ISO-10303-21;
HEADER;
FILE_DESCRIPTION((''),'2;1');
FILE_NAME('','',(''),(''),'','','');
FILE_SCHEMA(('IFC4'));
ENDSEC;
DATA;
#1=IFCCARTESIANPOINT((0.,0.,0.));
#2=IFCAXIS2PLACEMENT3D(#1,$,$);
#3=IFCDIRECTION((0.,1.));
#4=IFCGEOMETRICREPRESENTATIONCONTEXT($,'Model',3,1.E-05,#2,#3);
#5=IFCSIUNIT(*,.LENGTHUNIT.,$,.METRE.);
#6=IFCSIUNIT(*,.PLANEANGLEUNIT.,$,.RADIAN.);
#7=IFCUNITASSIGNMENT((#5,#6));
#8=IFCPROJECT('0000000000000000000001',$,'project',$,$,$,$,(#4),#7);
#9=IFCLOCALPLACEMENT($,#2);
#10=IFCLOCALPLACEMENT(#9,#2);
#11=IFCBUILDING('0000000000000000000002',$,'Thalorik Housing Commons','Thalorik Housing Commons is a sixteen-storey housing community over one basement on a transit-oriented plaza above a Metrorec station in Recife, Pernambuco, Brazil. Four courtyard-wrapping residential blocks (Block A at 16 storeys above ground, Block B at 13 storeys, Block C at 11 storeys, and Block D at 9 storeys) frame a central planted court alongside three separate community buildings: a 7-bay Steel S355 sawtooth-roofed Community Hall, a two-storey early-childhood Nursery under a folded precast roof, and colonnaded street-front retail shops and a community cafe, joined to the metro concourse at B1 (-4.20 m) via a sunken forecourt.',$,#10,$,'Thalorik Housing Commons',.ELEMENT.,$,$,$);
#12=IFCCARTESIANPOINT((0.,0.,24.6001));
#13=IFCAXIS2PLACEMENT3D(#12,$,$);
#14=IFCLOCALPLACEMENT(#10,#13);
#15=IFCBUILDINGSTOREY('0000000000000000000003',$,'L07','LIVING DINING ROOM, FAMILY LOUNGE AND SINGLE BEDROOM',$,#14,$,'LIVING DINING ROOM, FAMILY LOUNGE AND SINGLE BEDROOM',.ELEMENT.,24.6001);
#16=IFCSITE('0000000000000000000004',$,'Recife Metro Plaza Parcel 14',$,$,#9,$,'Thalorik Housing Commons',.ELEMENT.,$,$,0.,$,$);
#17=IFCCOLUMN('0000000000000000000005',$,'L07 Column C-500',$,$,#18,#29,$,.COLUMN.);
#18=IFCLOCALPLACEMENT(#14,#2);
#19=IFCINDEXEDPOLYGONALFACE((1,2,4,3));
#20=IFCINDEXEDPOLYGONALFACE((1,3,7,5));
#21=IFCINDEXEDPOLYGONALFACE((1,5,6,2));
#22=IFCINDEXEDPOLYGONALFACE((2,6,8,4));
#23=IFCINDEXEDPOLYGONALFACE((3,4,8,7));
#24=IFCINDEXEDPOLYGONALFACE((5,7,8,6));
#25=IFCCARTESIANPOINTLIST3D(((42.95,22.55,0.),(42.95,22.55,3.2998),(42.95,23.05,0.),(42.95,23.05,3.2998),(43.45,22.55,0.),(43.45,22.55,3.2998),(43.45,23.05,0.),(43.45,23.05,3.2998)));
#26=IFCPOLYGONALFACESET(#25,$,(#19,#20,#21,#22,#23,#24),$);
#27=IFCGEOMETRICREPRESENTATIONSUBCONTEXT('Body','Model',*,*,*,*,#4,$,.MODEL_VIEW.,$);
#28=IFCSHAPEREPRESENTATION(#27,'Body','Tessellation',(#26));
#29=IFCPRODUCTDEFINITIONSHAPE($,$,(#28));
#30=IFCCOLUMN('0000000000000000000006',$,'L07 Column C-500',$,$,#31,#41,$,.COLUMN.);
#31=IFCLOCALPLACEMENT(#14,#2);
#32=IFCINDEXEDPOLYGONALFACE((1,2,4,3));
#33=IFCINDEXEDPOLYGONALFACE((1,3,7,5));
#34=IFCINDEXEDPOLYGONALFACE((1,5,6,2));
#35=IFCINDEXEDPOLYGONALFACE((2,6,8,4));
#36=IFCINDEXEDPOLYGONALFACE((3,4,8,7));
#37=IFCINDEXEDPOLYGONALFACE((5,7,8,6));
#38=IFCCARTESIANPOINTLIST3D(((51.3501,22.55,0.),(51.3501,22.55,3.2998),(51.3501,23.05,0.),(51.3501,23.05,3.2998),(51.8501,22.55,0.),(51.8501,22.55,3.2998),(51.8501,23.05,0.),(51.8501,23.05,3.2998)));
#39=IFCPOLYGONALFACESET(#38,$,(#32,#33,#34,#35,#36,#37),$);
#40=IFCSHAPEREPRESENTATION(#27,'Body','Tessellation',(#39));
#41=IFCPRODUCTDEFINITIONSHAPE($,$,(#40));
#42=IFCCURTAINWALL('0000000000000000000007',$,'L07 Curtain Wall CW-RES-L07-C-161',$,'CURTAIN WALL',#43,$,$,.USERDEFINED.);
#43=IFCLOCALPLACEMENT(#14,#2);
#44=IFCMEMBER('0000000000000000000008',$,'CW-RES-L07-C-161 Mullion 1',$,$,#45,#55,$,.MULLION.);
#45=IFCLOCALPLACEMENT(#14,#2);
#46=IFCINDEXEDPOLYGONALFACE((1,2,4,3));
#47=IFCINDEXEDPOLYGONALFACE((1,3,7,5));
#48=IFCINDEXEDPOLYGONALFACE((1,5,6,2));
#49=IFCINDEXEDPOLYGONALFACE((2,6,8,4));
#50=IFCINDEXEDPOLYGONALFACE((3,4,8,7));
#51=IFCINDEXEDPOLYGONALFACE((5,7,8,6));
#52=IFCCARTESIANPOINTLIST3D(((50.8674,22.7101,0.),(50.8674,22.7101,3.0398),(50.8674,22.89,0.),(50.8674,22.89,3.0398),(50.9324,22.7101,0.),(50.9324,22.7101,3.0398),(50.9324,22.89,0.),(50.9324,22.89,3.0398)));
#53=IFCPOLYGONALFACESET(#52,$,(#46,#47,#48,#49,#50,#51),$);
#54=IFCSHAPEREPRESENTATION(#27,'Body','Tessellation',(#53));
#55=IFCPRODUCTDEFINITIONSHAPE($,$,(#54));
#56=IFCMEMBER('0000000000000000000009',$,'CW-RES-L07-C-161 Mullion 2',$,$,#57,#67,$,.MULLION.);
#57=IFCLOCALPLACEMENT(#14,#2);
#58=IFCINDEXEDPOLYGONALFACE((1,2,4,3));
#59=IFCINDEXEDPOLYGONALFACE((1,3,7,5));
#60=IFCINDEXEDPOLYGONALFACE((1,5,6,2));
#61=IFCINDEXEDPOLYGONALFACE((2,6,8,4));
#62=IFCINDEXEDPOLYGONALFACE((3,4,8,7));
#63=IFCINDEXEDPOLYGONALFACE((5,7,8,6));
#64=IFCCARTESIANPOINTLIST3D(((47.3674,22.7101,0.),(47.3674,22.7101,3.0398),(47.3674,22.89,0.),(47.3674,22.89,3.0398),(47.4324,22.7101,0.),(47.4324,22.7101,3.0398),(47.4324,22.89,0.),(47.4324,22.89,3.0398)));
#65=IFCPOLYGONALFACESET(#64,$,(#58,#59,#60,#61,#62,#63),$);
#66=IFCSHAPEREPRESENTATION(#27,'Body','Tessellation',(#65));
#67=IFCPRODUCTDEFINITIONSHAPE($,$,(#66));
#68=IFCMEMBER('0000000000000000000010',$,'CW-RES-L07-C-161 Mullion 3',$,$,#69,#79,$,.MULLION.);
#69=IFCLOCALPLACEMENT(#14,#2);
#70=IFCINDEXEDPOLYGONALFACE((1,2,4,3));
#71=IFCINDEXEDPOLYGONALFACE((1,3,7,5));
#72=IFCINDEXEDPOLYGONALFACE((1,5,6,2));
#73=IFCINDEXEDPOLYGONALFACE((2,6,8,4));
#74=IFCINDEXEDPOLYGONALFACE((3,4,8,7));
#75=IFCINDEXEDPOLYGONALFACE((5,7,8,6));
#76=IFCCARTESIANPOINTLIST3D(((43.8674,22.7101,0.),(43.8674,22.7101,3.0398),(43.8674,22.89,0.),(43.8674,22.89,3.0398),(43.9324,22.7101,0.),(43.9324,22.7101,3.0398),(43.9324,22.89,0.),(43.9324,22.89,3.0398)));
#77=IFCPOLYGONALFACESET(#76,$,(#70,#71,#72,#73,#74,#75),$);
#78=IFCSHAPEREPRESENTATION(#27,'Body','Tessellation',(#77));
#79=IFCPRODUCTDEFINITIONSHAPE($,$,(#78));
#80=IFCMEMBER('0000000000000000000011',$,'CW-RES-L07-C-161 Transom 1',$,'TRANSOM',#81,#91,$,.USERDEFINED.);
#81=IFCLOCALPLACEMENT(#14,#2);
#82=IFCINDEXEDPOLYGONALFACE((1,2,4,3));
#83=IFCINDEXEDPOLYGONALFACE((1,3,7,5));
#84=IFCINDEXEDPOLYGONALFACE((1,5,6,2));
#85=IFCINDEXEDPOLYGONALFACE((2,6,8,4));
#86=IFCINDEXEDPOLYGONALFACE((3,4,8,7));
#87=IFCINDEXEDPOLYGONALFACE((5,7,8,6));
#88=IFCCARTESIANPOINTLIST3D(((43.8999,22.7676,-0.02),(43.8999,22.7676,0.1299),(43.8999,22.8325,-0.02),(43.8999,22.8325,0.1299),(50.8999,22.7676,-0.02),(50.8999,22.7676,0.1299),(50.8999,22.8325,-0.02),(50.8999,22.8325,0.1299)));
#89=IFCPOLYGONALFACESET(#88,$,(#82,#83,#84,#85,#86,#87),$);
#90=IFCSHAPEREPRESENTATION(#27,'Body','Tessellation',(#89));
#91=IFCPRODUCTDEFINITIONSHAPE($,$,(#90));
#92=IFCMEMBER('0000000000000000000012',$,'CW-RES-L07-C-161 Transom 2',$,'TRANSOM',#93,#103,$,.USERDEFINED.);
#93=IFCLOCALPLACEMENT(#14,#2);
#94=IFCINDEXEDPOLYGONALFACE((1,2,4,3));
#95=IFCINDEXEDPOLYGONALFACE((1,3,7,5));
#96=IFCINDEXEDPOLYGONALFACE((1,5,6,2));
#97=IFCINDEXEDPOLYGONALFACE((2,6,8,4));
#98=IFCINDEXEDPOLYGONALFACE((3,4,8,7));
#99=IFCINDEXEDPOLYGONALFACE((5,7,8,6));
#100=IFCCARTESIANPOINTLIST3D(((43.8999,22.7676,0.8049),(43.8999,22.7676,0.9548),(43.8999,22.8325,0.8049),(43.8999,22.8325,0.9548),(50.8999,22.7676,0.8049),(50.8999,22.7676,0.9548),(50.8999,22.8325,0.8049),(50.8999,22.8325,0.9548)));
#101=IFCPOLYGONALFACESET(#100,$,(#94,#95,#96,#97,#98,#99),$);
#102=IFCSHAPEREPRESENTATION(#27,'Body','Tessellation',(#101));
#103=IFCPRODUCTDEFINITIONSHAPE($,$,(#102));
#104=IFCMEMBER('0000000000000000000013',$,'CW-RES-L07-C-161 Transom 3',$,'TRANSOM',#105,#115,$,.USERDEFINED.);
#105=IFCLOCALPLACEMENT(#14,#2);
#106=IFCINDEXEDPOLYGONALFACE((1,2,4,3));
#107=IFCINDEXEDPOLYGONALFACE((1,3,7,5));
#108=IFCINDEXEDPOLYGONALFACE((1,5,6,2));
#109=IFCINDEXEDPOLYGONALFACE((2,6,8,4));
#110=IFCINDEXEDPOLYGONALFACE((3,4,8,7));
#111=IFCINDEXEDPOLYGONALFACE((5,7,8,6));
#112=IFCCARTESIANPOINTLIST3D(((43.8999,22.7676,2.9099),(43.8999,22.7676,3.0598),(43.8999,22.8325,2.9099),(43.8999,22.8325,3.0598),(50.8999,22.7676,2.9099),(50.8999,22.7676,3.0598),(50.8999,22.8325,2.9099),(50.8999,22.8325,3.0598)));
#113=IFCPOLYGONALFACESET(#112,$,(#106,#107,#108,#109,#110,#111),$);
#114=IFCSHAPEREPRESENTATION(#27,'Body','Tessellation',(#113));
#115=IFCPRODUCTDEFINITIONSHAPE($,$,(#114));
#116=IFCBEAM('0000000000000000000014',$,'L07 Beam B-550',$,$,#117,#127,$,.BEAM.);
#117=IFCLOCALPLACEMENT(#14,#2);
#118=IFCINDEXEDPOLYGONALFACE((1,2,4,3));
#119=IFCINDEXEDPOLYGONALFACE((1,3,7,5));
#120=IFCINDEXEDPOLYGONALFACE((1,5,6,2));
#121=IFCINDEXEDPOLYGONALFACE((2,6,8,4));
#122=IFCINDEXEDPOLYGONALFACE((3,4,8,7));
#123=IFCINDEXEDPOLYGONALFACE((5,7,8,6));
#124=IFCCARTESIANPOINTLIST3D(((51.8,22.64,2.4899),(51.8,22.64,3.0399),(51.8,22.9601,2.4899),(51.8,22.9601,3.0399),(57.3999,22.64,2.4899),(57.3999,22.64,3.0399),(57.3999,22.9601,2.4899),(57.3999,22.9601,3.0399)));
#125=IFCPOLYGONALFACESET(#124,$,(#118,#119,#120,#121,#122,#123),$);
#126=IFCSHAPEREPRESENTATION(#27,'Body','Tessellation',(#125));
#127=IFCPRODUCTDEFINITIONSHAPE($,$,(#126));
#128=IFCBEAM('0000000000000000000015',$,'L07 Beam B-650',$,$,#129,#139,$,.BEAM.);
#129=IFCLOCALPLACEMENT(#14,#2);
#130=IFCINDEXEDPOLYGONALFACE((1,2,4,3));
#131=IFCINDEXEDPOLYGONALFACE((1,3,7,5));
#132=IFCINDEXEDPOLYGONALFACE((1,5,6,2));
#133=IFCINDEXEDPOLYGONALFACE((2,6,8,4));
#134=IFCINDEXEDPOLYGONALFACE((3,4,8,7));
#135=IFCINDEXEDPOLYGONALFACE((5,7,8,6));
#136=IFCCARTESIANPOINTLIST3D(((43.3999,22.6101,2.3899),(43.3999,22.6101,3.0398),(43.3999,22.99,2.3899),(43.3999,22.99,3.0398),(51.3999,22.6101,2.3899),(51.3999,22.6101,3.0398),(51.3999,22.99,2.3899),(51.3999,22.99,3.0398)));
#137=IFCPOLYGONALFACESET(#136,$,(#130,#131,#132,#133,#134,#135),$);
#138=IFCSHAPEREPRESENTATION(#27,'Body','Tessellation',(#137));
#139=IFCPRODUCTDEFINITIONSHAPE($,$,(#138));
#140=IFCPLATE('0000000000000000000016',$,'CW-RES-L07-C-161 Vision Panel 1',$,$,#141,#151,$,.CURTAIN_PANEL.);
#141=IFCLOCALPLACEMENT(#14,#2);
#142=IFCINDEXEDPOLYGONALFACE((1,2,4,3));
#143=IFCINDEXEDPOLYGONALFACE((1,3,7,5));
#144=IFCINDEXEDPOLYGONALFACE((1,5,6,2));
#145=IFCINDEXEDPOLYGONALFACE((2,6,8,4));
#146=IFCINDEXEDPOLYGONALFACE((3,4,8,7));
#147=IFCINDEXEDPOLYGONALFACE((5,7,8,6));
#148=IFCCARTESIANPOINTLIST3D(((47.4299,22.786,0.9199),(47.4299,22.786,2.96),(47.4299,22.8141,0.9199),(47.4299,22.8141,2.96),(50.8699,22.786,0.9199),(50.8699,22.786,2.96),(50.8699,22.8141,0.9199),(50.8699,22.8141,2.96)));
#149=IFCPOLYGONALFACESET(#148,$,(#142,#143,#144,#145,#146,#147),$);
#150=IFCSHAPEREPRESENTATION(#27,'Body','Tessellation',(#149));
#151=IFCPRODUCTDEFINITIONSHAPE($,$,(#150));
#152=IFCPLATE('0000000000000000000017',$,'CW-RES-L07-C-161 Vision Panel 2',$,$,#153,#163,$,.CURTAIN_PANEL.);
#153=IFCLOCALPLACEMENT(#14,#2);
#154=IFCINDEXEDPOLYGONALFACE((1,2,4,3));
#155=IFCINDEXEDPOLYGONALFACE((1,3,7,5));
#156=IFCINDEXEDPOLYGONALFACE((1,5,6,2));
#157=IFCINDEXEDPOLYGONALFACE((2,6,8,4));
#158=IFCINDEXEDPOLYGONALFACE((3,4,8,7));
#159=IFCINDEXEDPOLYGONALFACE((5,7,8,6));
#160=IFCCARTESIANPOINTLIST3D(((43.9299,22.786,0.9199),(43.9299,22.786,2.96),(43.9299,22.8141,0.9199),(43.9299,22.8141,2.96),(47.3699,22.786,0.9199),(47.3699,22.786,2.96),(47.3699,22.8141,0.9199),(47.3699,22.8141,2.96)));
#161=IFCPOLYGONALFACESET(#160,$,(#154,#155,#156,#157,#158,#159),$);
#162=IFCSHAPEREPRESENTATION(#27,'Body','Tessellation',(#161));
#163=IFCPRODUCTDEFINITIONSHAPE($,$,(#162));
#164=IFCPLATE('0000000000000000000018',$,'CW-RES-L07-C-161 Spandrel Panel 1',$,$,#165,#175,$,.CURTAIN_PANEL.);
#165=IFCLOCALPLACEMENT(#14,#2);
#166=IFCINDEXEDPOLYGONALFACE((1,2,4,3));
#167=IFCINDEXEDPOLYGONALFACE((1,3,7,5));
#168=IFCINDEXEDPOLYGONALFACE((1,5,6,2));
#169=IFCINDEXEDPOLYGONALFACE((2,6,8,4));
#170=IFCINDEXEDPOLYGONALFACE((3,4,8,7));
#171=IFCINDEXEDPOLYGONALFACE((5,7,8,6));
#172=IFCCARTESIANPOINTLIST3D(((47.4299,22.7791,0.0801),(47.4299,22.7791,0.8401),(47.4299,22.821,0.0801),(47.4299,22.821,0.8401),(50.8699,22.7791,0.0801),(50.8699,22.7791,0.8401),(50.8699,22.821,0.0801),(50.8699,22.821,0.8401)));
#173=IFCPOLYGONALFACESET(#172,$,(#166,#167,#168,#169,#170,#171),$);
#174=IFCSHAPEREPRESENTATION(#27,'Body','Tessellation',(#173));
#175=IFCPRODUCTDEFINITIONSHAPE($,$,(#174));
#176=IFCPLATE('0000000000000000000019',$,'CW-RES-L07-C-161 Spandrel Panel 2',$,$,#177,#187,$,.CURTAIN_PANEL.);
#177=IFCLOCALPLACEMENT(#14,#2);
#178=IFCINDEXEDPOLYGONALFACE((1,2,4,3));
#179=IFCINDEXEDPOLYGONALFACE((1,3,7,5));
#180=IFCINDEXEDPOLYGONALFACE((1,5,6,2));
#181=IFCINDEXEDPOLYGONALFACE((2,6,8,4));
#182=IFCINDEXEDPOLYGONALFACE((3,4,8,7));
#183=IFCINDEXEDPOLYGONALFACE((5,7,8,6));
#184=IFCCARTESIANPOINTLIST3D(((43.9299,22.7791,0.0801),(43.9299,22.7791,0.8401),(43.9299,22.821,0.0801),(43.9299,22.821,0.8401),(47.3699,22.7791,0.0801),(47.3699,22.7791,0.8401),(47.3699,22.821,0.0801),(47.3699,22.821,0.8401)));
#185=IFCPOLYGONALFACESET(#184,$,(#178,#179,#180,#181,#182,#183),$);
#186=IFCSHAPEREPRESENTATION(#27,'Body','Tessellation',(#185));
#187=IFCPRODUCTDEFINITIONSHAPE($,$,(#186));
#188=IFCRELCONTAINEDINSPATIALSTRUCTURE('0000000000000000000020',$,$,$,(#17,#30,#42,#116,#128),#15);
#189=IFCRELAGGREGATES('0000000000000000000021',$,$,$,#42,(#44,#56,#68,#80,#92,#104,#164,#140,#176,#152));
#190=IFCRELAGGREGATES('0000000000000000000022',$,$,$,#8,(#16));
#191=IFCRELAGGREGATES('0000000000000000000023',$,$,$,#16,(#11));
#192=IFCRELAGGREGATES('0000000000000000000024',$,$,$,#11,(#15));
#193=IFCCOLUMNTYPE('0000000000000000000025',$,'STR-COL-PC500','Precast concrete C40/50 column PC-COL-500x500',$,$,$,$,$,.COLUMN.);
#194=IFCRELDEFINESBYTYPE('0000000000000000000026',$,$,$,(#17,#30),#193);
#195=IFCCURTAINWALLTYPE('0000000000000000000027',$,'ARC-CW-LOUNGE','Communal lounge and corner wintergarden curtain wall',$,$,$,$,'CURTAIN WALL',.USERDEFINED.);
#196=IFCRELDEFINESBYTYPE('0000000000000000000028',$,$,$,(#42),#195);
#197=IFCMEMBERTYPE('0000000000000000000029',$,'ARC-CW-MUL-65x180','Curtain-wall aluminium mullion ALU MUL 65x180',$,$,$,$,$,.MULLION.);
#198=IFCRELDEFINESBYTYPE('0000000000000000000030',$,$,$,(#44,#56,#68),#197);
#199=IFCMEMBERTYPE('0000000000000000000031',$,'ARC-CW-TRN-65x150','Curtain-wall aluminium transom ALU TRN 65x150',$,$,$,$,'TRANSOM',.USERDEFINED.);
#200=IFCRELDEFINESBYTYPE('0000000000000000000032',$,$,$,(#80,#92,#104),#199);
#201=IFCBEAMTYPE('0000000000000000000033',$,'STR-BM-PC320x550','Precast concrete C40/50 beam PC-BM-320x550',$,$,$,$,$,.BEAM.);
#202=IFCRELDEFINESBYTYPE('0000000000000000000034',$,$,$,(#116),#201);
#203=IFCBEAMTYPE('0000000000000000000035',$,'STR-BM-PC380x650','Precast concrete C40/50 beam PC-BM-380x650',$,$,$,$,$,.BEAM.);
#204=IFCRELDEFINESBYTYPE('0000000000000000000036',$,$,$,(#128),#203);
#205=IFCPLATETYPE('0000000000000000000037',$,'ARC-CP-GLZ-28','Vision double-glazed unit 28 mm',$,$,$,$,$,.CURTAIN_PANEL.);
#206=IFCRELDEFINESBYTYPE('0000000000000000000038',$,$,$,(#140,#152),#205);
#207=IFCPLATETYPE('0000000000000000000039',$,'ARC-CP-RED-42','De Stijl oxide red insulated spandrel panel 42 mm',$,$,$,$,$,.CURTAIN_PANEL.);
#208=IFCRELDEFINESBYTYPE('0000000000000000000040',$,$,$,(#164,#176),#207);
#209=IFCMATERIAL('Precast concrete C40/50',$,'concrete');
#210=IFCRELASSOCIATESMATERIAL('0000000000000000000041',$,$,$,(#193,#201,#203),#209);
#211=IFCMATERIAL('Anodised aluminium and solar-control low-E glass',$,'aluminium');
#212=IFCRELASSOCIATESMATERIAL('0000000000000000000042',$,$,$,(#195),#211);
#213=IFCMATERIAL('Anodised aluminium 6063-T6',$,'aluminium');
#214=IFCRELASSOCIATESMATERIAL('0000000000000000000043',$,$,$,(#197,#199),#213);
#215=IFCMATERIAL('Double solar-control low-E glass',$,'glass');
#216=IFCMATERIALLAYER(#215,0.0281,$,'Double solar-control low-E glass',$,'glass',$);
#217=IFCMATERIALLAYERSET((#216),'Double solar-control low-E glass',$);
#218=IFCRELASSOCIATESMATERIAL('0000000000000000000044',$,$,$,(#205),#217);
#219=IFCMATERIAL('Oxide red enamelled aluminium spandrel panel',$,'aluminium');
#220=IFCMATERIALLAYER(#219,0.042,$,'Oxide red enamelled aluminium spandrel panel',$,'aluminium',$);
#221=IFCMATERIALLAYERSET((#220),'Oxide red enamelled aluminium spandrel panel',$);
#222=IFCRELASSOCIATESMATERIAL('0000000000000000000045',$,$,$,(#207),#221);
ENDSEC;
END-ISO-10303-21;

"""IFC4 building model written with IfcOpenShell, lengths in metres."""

from ifc_helpers import new_model, si_unit, direction, frame, origin, origin_2d, place, context, subcontext, project, spatial, rectangle, extrude, material, layer, layer_set, material_profile, profile_set, type_object, element, aggregate, save


model = new_model("IFC4")

# Units and contexts
model_context = context("Model", 3, precision=1e-05, world=origin(), true_north=direction((0.0, 1.0)))
body_context = subcontext(model_context, "Body", "Model", "MODEL_VIEW")
ifc_project = project(units=[si_unit("LENGTHUNIT", "METRE"), si_unit("PLANEANGLEUNIT", "RADIAN")], contexts=[model_context])

# Site, building, storey
site_placement = place(None, origin())
site = spatial("IfcSite", under=ifc_project, at=site_placement, Name="Recife Metro Plaza Parcel 14", LongName="Thalorik Housing Commons", CompositionType="ELEMENT", RefElevation=0.0)
building_placement = place(site_placement, origin())
building = spatial("IfcBuilding", under=site, at=building_placement, Name="Thalorik Housing Commons", Description="Thalorik Housing Commons is a sixteen-storey housing community over one basement on a transit-oriented plaza above a Metrorec station in Recife, Pernambuco, Brazil. Four courtyard-wrapping residential blocks (Block A at 16 storeys above ground, Block B at 13 storeys, Block C at 11 storeys, and Block D at 9 storeys) frame a central planted court alongside three separate community buildings: a 7-bay Steel S355 sawtooth-roofed Community Hall, a two-storey early-childhood Nursery under a folded precast roof, and colonnaded street-front retail shops and a community cafe, joined to the metro concourse at B1 (-4.20 m) via a sunken forecourt.", LongName="Thalorik Housing Commons", CompositionType="ELEMENT")
storey_placement = place(building_placement, frame((0.0, 0.0, 24.6001)))
storey = spatial("IfcBuildingStorey", under=building, at=storey_placement, Name="L07", Description="LIVING DINING ROOM, FAMILY LOUNGE AND SINGLE BEDROOM", LongName="LIVING DINING ROOM, FAMILY LOUNGE AND SINGLE BEDROOM", CompositionType="ELEMENT", Elevation=24.6001)

# Columns
ifc_material_1 = material(Name="Precast concrete C40/50", Category="concrete")
ifc_material_profile_1 = material_profile(ifc_material_1, rectangle(XDim=0.5, YDim=0.5, at=origin_2d()), Name="PC 500x500", Category="concrete")
ifc_profile_set_1 = profile_set([ifc_material_profile_1], Name="Precast concrete C40/50")
column_type = type_object("IfcColumnType", Name="STR-COL-PC500", Description="Precast concrete C40/50 column PC-COL-500x500", PredefinedType="COLUMN", material=ifc_profile_set_1)
for number, where, z_axis, x_axis, name in (
    (1, (43.2, 22.8, 0.0), (0.0, 0.0, 1.0), (1.0, 0.0, 0.0), "L07 Column C-500"),
    (2, (51.6001, 22.8, 0.0), (0.0, 0.0, 1.0), (1.0, 0.0, 0.0), "L07 Column C-500"),
):
    element("IfcColumn", number, at=place(storey_placement, frame(where, z_axis=z_axis, x_axis=x_axis)), inside=storey, type_object=column_type, Name=name, PredefinedType="COLUMN", context=body_context, shape_type="SweptSolid", body=[
        extrude(rectangle(XDim=0.5, YDim=0.5, at=origin_2d()), origin(), (0.0, 0.0, 1.0), 3.2998),
    ])

# Curtain wall, members
ifc_material_2 = material(Name="Anodised aluminium and solar-control low-E glass", Category="aluminium")
curtain_wall_type = type_object("IfcCurtainWallType", Name="ARC-CW-LOUNGE", Description="Communal lounge and corner wintergarden curtain wall", ElementType="CURTAIN WALL", PredefinedType="USERDEFINED", material=ifc_material_2)
curtain_wall_placement = place(storey_placement, origin())
curtain_wall = element("IfcCurtainWall", 3, at=curtain_wall_placement, inside=storey, type_object=curtain_wall_type, Name="L07 Curtain Wall CW-RES-L07-C-161", ObjectType="CURTAIN WALL", PredefinedType="USERDEFINED")
ifc_material_3 = material(Name="Anodised aluminium 6063-T6", Category="aluminium")
ifc_material_profile_2 = material_profile(ifc_material_3, rectangle(XDim=0.0649, YDim=0.1799, at=origin_2d()), Name="ALU MUL 65x180", Category="aluminium")
ifc_profile_set_2 = profile_set([ifc_material_profile_2], Name="Anodised aluminium 6063-T6")
member_type_1 = type_object("IfcMemberType", Name="ARC-CW-MUL-65x180", Description="Curtain-wall aluminium mullion ALU MUL 65x180", PredefinedType="MULLION", material=ifc_profile_set_2)
member_1_placement = place(storey_placement, frame((50.8999, 22.8, 0.0), z_axis=(0.0, 0.0, 1.0), x_axis=(-1.0, 0.0, 0.0)))
member_1 = element("IfcMember", 4, at=member_1_placement, type_object=member_type_1, Name="CW-RES-L07-C-161 Mullion 1", PredefinedType="MULLION", context=body_context, shape_type="SweptSolid", body=[
    extrude(rectangle(XDim=0.0649, YDim=0.1799, at=origin_2d()), origin(), (0.0, 0.0, 1.0), 3.0398),
])
member_2_placement = place(storey_placement, frame((47.3999, 22.8, 0.0), z_axis=(0.0, 0.0, 1.0), x_axis=(-1.0, 0.0, 0.0)))
member_2 = element("IfcMember", 5, at=member_2_placement, type_object=member_type_1, Name="CW-RES-L07-C-161 Mullion 2", PredefinedType="MULLION", context=body_context, shape_type="SweptSolid", body=[
    extrude(rectangle(XDim=0.0649, YDim=0.1799, at=origin_2d()), origin(), (0.0, 0.0, 1.0), 3.0398),
])
member_3_placement = place(storey_placement, frame((43.8999, 22.8, 0.0), z_axis=(0.0, 0.0, 1.0), x_axis=(-1.0, 0.0, 0.0)))
member_3 = element("IfcMember", 6, at=member_3_placement, type_object=member_type_1, Name="CW-RES-L07-C-161 Mullion 3", PredefinedType="MULLION", context=body_context, shape_type="SweptSolid", body=[
    extrude(rectangle(XDim=0.0649, YDim=0.1799, at=origin_2d()), origin(), (0.0, 0.0, 1.0), 3.0398),
])
ifc_material_profile_3 = material_profile(ifc_material_3, rectangle(XDim=0.0649, YDim=0.1499, at=origin_2d()), Name="ALU TRN 65x150", Category="aluminium")
ifc_profile_set_3 = profile_set([ifc_material_profile_3], Name="Anodised aluminium 6063-T6")
member_type_2 = type_object("IfcMemberType", Name="ARC-CW-TRN-65x150", Description="Curtain-wall aluminium transom ALU TRN 65x150", ElementType="TRANSOM", PredefinedType="USERDEFINED", material=ifc_profile_set_3)
member_4_placement = place(storey_placement, frame((50.8999, 22.8, 0.0549), z_axis=(-1.0, 0.0, 0.0), x_axis=(0.0, -1.0, 0.0)))
member_4 = element("IfcMember", 7, at=member_4_placement, type_object=member_type_2, Name="CW-RES-L07-C-161 Transom 1", ObjectType="TRANSOM", PredefinedType="USERDEFINED", context=body_context, shape_type="SweptSolid", body=[
    extrude(rectangle(XDim=0.0649, YDim=0.1499, at=origin_2d()), origin(), (0.0, 0.0, 1.0), 7.0),
])
member_5_placement = place(storey_placement, frame((50.8999, 22.8, 0.8799), z_axis=(-1.0, 0.0, 0.0), x_axis=(0.0, -1.0, 0.0)))
member_5 = element("IfcMember", 8, at=member_5_placement, type_object=member_type_2, Name="CW-RES-L07-C-161 Transom 2", ObjectType="TRANSOM", PredefinedType="USERDEFINED", context=body_context, shape_type="SweptSolid", body=[
    extrude(rectangle(XDim=0.0649, YDim=0.1499, at=origin_2d()), origin(), (0.0, 0.0, 1.0), 7.0),
])
member_6_placement = place(storey_placement, frame((50.8999, 22.8, 2.9849), z_axis=(-1.0, 0.0, 0.0), x_axis=(0.0, -1.0, 0.0)))
member_6 = element("IfcMember", 9, at=member_6_placement, type_object=member_type_2, Name="CW-RES-L07-C-161 Transom 3", ObjectType="TRANSOM", PredefinedType="USERDEFINED", context=body_context, shape_type="SweptSolid", body=[
    extrude(rectangle(XDim=0.0649, YDim=0.1499, at=origin_2d()), origin(), (0.0, 0.0, 1.0), 7.0),
])

# Beams
ifc_material_profile_4 = material_profile(ifc_material_1, rectangle(XDim=0.3201, YDim=0.55, at=origin_2d()), Name="PC 320x550", Category="concrete")
ifc_profile_set_4 = profile_set([ifc_material_profile_4], Name="Precast concrete C40/50")
beam_type_1 = type_object("IfcBeamType", Name="STR-BM-PC320x550", Description="Precast concrete C40/50 beam PC-BM-320x550", PredefinedType="BEAM", material=ifc_profile_set_4)
beam_1_placement = place(storey_placement, frame((51.8, 22.8, 2.7649), z_axis=(1.0, 0.0, 0.0), x_axis=(0.0, 1.0, 0.0)))
element("IfcBeam", 10, at=beam_1_placement, inside=storey, type_object=beam_type_1, Name="L07 Beam B-550", PredefinedType="BEAM", context=body_context, shape_type="SweptSolid", body=[
    extrude(rectangle(XDim=0.3201, YDim=0.55, at=origin_2d()), origin(), (0.0, 0.0, 1.0), 5.5999),
])
ifc_material_profile_5 = material_profile(ifc_material_1, rectangle(XDim=0.3799, YDim=0.6499, at=origin_2d()), Name="PC 380x650", Category="concrete")
ifc_profile_set_5 = profile_set([ifc_material_profile_5], Name="Precast concrete C40/50")
beam_type_2 = type_object("IfcBeamType", Name="STR-BM-PC380x650", Description="Precast concrete C40/50 beam PC-BM-380x650", PredefinedType="BEAM", material=ifc_profile_set_5)
beam_2_placement = place(storey_placement, frame((43.3999, 22.8, 2.7148), z_axis=(1.0, 0.0, 0.0), x_axis=(0.0, 1.0, 0.0)))
element("IfcBeam", 11, at=beam_2_placement, inside=storey, type_object=beam_type_2, Name="L07 Beam B-650", PredefinedType="BEAM", context=body_context, shape_type="SweptSolid", body=[
    extrude(rectangle(XDim=0.3799, YDim=0.6499, at=origin_2d()), origin(), (0.0, 0.0, 1.0), 8.0),
])

# Plates
ifc_material_4 = material(Name="Double solar-control low-E glass", Category="glass")
ifc_layer_1 = layer(ifc_material_4, 0.0281, Name="Double solar-control low-E glass", Category="glass")
ifc_layer_set_1 = layer_set([ifc_layer_1], Name="Double solar-control low-E glass")
plate_type_1 = type_object("IfcPlateType", Name="ARC-CP-GLZ-28", Description="Vision double-glazed unit 28 mm", PredefinedType="CURTAIN_PANEL", material=ifc_layer_set_1)
plate_1_placement = place(storey_placement, frame((49.1499, 22.8, 0.9199), z_axis=(0.0, 0.0, 1.0), x_axis=(-1.0, 0.0, 0.0)))
plate_1 = element("IfcPlate", 12, at=plate_1_placement, type_object=plate_type_1, Name="CW-RES-L07-C-161 Vision Panel 1", PredefinedType="CURTAIN_PANEL", context=body_context, shape_type="SweptSolid", body=[
    extrude(rectangle(XDim=3.4399, YDim=0.0281, at=origin_2d()), origin(), (0.0, 0.0, 1.0), 2.04),
])
plate_2_placement = place(storey_placement, frame((45.6499, 22.8, 0.9199), z_axis=(0.0, 0.0, 1.0), x_axis=(-1.0, 0.0, 0.0)))
plate_2 = element("IfcPlate", 13, at=plate_2_placement, type_object=plate_type_1, Name="CW-RES-L07-C-161 Vision Panel 2", PredefinedType="CURTAIN_PANEL", context=body_context, shape_type="SweptSolid", body=[
    extrude(rectangle(XDim=3.4399, YDim=0.0281, at=origin_2d()), origin(), (0.0, 0.0, 1.0), 2.04),
])
ifc_material_5 = material(Name="Oxide red enamelled aluminium spandrel panel", Category="aluminium")
ifc_layer_2 = layer(ifc_material_5, 0.042, Name="Oxide red enamelled aluminium spandrel panel", Category="aluminium")
ifc_layer_set_2 = layer_set([ifc_layer_2], Name="Oxide red enamelled aluminium spandrel panel")
plate_type_2 = type_object("IfcPlateType", Name="ARC-CP-RED-42", Description="De Stijl oxide red insulated spandrel panel 42 mm", PredefinedType="CURTAIN_PANEL", material=ifc_layer_set_2)
plate_3_placement = place(storey_placement, frame((49.1499, 22.8, 0.0801), z_axis=(0.0, 0.0, 1.0), x_axis=(-1.0, 0.0, 0.0)))
plate_3 = element("IfcPlate", 14, at=plate_3_placement, type_object=plate_type_2, Name="CW-RES-L07-C-161 Spandrel Panel 1", PredefinedType="CURTAIN_PANEL", context=body_context, shape_type="SweptSolid", body=[
    extrude(rectangle(XDim=3.4399, YDim=0.042, at=origin_2d()), origin(), (0.0, 0.0, 1.0), 0.76),
])
plate_4_placement = place(storey_placement, frame((45.6499, 22.8, 0.0801), z_axis=(0.0, 0.0, 1.0), x_axis=(-1.0, 0.0, 0.0)))
plate_4 = element("IfcPlate", 15, at=plate_4_placement, type_object=plate_type_2, Name="CW-RES-L07-C-161 Spandrel Panel 2", PredefinedType="CURTAIN_PANEL", context=body_context, shape_type="SweptSolid", body=[
    extrude(rectangle(XDim=3.4399, YDim=0.042, at=origin_2d()), origin(), (0.0, 0.0, 1.0), 0.76),
])
aggregate(curtain_wall, [member_1, member_2, member_3, member_4, member_5, member_6, plate_3, plate_1, plate_4, plate_2])

save(model, "model.ifc")
